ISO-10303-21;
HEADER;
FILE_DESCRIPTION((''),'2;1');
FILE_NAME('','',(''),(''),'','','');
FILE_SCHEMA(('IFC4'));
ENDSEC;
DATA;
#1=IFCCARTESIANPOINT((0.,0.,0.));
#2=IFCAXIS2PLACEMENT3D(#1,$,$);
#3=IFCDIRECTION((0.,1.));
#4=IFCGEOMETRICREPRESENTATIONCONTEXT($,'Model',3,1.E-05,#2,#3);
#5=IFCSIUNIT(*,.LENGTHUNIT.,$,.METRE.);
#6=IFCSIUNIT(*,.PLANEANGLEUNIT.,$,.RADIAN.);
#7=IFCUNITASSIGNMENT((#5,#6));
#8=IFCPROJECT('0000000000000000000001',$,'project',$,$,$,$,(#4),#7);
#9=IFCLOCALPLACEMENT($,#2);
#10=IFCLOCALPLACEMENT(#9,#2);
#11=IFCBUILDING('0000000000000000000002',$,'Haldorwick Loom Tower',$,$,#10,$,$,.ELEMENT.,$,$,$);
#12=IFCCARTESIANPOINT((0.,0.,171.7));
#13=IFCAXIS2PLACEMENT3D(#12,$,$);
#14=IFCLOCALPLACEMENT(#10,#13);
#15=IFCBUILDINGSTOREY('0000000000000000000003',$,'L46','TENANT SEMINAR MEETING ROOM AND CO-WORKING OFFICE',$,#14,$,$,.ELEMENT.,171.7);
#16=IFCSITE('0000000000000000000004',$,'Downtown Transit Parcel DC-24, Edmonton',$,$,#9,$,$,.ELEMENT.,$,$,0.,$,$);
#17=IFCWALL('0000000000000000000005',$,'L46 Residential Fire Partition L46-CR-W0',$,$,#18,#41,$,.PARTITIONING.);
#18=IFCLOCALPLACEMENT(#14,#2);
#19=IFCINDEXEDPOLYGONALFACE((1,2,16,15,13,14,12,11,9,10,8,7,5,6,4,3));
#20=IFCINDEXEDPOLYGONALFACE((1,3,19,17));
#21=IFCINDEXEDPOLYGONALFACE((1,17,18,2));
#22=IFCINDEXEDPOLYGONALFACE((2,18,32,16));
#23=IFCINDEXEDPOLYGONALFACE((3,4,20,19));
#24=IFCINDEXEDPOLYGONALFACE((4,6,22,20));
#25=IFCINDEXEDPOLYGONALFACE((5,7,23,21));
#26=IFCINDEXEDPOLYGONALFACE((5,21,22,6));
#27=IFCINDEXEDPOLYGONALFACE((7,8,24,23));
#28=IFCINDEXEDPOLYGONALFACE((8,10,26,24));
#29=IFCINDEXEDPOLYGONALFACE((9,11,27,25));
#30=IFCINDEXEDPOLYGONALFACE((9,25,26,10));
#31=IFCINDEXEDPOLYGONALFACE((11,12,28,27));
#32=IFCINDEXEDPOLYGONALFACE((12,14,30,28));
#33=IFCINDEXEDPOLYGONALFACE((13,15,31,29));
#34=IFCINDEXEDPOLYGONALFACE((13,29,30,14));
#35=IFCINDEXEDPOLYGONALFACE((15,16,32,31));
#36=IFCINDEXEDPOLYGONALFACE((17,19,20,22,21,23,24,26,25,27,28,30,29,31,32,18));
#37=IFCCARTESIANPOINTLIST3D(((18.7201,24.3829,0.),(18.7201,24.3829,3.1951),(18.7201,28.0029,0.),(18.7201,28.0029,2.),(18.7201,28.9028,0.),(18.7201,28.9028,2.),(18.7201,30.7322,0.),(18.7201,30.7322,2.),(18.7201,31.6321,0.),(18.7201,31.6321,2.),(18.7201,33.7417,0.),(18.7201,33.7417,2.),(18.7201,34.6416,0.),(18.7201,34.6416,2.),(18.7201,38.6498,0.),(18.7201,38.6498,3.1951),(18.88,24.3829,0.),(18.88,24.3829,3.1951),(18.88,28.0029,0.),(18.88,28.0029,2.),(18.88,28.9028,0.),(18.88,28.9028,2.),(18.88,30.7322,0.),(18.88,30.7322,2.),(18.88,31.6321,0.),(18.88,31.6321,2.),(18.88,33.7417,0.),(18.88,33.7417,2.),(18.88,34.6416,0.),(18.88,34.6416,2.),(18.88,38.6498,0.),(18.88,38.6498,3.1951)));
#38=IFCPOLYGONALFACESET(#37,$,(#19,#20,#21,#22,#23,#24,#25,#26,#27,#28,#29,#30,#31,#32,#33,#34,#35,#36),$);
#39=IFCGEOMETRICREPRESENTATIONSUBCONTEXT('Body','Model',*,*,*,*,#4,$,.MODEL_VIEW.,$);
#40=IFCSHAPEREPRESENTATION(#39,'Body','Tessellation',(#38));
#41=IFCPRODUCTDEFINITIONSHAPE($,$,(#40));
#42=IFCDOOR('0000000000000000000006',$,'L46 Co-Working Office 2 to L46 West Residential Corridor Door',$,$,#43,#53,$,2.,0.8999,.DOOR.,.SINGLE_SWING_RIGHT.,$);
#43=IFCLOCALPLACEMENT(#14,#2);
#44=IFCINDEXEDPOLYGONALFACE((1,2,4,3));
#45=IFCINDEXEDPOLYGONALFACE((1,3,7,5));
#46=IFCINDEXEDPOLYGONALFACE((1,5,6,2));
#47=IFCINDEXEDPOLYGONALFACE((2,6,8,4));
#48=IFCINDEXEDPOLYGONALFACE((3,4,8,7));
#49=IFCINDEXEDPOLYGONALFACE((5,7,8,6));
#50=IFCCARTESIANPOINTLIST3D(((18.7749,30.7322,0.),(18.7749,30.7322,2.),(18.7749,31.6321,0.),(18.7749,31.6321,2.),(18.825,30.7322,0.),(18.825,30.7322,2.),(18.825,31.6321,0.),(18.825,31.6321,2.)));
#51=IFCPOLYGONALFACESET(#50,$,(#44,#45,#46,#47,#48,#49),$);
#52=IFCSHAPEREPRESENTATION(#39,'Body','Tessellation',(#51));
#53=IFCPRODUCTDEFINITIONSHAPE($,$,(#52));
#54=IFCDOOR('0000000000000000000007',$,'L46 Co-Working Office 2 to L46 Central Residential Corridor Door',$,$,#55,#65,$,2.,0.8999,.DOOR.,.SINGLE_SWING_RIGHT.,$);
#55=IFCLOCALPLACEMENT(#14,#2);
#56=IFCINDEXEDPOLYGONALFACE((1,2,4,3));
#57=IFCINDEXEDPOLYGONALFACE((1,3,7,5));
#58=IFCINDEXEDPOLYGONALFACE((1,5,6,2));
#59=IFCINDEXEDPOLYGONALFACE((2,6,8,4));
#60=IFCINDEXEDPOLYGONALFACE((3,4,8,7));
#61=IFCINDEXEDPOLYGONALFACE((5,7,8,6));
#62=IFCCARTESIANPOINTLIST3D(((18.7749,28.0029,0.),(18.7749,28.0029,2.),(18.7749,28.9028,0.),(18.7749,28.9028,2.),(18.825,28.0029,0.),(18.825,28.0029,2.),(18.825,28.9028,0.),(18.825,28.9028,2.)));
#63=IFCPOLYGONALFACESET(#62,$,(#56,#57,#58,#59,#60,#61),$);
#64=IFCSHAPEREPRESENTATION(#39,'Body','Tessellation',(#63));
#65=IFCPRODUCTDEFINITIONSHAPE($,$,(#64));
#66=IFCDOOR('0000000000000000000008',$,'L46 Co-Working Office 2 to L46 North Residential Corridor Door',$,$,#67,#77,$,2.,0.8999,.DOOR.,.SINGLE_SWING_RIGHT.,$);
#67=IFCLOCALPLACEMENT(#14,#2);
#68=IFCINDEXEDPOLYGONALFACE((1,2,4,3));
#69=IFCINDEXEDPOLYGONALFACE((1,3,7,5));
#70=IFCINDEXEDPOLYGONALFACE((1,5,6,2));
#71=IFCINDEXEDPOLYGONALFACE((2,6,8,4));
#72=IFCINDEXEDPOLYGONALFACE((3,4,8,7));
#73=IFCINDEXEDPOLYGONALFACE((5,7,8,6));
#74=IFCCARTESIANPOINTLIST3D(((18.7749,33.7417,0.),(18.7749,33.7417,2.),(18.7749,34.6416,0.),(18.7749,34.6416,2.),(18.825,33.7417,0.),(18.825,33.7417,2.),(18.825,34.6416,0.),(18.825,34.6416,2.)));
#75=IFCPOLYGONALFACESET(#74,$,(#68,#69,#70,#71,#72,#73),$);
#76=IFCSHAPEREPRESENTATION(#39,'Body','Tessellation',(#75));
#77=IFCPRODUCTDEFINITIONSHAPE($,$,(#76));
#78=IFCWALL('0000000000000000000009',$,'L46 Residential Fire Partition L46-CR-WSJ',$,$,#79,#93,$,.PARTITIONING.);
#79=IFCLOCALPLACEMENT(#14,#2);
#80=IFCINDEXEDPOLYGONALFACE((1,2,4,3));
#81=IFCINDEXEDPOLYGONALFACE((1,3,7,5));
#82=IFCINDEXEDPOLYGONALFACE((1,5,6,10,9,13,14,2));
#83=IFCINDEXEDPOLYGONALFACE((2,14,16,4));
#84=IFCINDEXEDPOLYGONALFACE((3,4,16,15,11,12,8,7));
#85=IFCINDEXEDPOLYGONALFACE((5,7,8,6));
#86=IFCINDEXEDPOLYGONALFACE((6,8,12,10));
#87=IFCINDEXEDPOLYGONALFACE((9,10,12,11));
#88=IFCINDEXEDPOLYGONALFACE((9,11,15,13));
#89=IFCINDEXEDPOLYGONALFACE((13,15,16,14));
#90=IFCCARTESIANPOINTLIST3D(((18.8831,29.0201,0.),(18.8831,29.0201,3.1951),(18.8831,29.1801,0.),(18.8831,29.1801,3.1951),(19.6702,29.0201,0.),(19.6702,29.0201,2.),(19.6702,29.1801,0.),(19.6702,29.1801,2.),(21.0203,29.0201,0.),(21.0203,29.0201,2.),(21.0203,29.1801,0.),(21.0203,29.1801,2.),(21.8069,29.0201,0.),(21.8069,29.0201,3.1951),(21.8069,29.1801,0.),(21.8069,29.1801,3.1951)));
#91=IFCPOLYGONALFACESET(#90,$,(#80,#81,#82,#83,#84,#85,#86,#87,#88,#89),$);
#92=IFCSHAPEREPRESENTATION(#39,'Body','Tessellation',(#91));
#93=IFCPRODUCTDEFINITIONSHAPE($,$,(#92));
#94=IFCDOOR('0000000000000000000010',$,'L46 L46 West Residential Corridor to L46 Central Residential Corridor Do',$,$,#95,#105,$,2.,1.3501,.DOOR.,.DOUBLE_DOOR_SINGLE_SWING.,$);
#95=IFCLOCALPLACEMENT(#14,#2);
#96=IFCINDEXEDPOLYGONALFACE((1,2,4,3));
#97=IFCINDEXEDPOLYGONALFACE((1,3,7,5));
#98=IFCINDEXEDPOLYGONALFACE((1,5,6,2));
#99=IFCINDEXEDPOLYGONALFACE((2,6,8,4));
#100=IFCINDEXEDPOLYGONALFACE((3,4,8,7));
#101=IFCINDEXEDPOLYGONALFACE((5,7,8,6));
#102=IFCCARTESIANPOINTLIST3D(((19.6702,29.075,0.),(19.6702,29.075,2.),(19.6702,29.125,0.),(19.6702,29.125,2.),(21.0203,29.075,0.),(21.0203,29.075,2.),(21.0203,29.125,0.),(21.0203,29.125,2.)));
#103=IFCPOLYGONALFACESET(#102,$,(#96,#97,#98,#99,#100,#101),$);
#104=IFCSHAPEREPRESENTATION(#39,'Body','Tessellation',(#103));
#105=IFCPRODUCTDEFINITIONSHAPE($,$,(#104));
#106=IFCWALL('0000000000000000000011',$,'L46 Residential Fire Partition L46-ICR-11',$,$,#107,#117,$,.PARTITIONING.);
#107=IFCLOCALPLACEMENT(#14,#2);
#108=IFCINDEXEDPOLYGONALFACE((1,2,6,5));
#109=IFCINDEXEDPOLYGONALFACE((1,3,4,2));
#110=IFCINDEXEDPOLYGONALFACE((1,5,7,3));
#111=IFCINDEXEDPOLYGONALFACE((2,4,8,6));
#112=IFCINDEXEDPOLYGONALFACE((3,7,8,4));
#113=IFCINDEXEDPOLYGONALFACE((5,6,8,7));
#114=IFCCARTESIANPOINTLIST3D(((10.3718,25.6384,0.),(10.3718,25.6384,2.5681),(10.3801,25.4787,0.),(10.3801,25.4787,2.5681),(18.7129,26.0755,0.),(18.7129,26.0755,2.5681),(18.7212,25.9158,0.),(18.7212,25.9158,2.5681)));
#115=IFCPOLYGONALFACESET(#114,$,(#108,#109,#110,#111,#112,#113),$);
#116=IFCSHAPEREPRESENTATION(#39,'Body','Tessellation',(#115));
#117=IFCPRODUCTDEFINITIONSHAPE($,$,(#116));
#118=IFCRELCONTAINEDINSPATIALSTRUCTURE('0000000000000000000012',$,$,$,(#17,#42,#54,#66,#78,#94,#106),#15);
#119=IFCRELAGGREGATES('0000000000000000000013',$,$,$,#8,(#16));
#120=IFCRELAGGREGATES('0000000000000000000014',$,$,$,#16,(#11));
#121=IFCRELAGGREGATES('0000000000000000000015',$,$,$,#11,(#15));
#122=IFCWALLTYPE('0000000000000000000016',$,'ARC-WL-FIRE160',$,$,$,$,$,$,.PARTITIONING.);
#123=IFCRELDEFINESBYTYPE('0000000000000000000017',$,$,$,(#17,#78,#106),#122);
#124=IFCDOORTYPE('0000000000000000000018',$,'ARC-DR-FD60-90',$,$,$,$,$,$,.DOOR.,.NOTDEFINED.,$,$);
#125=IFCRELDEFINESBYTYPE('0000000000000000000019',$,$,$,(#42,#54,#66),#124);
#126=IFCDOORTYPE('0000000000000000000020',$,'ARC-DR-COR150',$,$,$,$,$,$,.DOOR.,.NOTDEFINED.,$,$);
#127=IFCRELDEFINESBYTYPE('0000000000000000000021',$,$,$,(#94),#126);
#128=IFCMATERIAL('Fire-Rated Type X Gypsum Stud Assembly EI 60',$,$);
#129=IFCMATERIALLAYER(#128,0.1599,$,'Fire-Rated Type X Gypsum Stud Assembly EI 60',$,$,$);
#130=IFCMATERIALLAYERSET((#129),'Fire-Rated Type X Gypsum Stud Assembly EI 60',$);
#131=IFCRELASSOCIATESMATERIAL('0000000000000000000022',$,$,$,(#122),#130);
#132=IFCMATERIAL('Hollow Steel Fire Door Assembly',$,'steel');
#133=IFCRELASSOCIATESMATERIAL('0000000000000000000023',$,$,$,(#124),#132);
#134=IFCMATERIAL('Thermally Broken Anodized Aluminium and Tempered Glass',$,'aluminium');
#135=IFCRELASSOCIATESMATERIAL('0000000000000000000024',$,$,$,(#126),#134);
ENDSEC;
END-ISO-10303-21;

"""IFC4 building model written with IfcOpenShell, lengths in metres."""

from ifc_helpers import new_model, si_unit, direction, frame, frame_2d, origin, place, context, subcontext, project, spatial, rectangle, extrude, material, layer, layer_set, type_object, element, fill, save


model = new_model("IFC4")

# Units and contexts
model_context = context("Model", 3, precision=1e-05, world=origin(), true_north=direction((0.0, 1.0)))
body_context = subcontext(model_context, "Body", "Model", "MODEL_VIEW")
ifc_project = project(units=[si_unit("LENGTHUNIT", "METRE"), si_unit("PLANEANGLEUNIT", "RADIAN")], contexts=[model_context])

# Site, building, storey
site_placement = place(None, origin())
site = spatial("IfcSite", under=ifc_project, at=site_placement, Name="Downtown Transit Parcel DC-24, Edmonton", CompositionType="ELEMENT", RefElevation=0.0)
building_placement = place(site_placement, origin())
building = spatial("IfcBuilding", under=site, at=building_placement, Name="Haldorwick Loom Tower", CompositionType="ELEMENT")
storey_placement = place(building_placement, frame((0.0, 0.0, 171.7)))
storey = spatial("IfcBuildingStorey", under=building, at=storey_placement, Name="L46", Description="TENANT SEMINAR MEETING ROOM AND CO-WORKING OFFICE", CompositionType="ELEMENT", Elevation=171.7)

# Wall, openings, doors
ifc_material_1 = material(Name="Fire-Rated Type X Gypsum Stud Assembly EI 60")
ifc_layer_1 = layer(ifc_material_1, 0.1599, Name="Fire-Rated Type X Gypsum Stud Assembly EI 60")
ifc_layer_set_1 = layer_set([ifc_layer_1], Name="Fire-Rated Type X Gypsum Stud Assembly EI 60")
wall_type_1 = type_object("IfcWallType", Name="ARC-WL-FIRE160", PredefinedType="PARTITIONING", material=ifc_layer_set_1)
ifc_material_2 = material(Name="Hollow Steel Fire Door Assembly", Category="steel")
door_type_1 = type_object("IfcDoorType", Name="ARC-DR-FD60-90", OperationType="NOTDEFINED", PredefinedType="DOOR", material=ifc_material_2)
wall_1_placement = place(storey_placement, frame((18.8, 24.3831, 0.0), z_axis=(0.0, 0.0, 1.0), x_axis=(0.0, 1.0, 0.0)))
wall_1 = element("IfcWall", 1, at=wall_1_placement, inside=storey, type_object=wall_type_1, Name="L46 Residential Fire Partition L46-CR-W0", PredefinedType="PARTITIONING", context=body_context, shape_type="SweptSolid", body=[
    extrude(rectangle(XDim=14.2668, YDim=0.1599, at=frame_2d((7.1333, 0.0))), origin(), (0.0, 0.0, 1.0), 3.1951),
])
opening_1_placement = place(wall_1_placement, frame((6.3491, 0.0, 0.0)))
opening_1 = element("IfcOpeningElement", 2, at=opening_1_placement, cuts=wall_1, PredefinedType="OPENING", context=body_context, shape_type="SweptSolid", body=[
    extrude(rectangle(XDim=0.8999, YDim=2.0, at=frame_2d((0.45, 1.0))), frame((0.0, 0.0898, 0.0), z_axis=(0.0, -1.0, 0.0), x_axis=(1.0, 0.0, 0.0)), (0.0, 0.0, 1.0), 0.1799),
])
opening_2_placement = place(wall_1_placement, frame((3.6199, 0.0, 0.0)))
opening_2 = element("IfcOpeningElement", 3, at=opening_2_placement, cuts=wall_1, PredefinedType="OPENING", context=body_context, shape_type="SweptSolid", body=[
    extrude(rectangle(XDim=0.8999, YDim=2.0, at=frame_2d((0.45, 1.0))), frame((0.0, 0.0898, 0.0), z_axis=(0.0, -1.0, 0.0), x_axis=(1.0, 0.0, 0.0)), (0.0, 0.0, 1.0), 0.1799),
])
opening_3_placement = place(wall_1_placement, frame((9.3586, 0.0, 0.0)))
opening_3 = element("IfcOpeningElement", 4, at=opening_3_placement, cuts=wall_1, PredefinedType="OPENING", context=body_context, shape_type="SweptSolid", body=[
    extrude(rectangle(XDim=0.8999, YDim=2.0, at=frame_2d((0.45, 1.0))), frame((0.0, 0.0898, 0.0), z_axis=(0.0, -1.0, 0.0), x_axis=(1.0, 0.0, 0.0)), (0.0, 0.0, 1.0), 0.1799),
])
door_1_placement = place(opening_1_placement, frame((0.8999, 0.0, 0.0), z_axis=(0.0, 0.0, 1.0), x_axis=(-1.0, 0.0, 0.0)))
door_1 = element("IfcDoor", 5, at=door_1_placement, inside=storey, type_object=door_type_1, Name="L46 Co-Working Office 2 to L46 West Residential Corridor Door", OperationType="SINGLE_SWING_RIGHT", OverallHeight=2.0, OverallWidth=0.8999, PredefinedType="DOOR", context=body_context, shape_type="SweptSolid", body=[
    extrude(rectangle(XDim=0.8999, YDim=2.0, at=frame_2d((0.45, 1.0))), frame((0.0, 0.0249, 0.0), z_axis=(0.0, -1.0, 0.0), x_axis=(1.0, 0.0, 0.0)), (0.0, 0.0, 1.0), 0.05),
])
fill(opening_1, door_1)
door_2_placement = place(opening_2_placement, frame((0.8999, 0.0, 0.0), z_axis=(0.0, 0.0, 1.0), x_axis=(-1.0, 0.0, 0.0)))
door_2 = element("IfcDoor", 6, at=door_2_placement, inside=storey, type_object=door_type_1, Name="L46 Co-Working Office 2 to L46 Central Residential Corridor Door", OperationType="SINGLE_SWING_RIGHT", OverallHeight=2.0, OverallWidth=0.8999, PredefinedType="DOOR", context=body_context, shape_type="SweptSolid", body=[
    extrude(rectangle(XDim=0.8999, YDim=2.0, at=frame_2d((0.45, 1.0))), frame((0.0, 0.0249, 0.0), z_axis=(0.0, -1.0, 0.0), x_axis=(1.0, 0.0, 0.0)), (0.0, 0.0, 1.0), 0.05),
])
fill(opening_2, door_2)
door_3_placement = place(opening_3_placement, frame((0.8999, 0.0, 0.0), z_axis=(0.0, 0.0, 1.0), x_axis=(-1.0, 0.0, 0.0)))
door_3 = element("IfcDoor", 7, at=door_3_placement, inside=storey, type_object=door_type_1, Name="L46 Co-Working Office 2 to L46 North Residential Corridor Door", OperationType="SINGLE_SWING_RIGHT", OverallHeight=2.0, OverallWidth=0.8999, PredefinedType="DOOR", context=body_context, shape_type="SweptSolid", body=[
    extrude(rectangle(XDim=0.8999, YDim=2.0, at=frame_2d((0.45, 1.0))), frame((0.0, 0.0249, 0.0), z_axis=(0.0, -1.0, 0.0), x_axis=(1.0, 0.0, 0.0)), (0.0, 0.0, 1.0), 0.05),
])
fill(opening_3, door_3)

# Wall, opening, door
wall_2_placement = place(storey_placement, frame((18.8831, 29.1001, 0.0), z_axis=(0.0, 0.0, 1.0), x_axis=(1.0, 0.0, 0.0)))
wall_2 = element("IfcWall", 8, at=wall_2_placement, inside=storey, type_object=wall_type_1, Name="L46 Residential Fire Partition L46-CR-WSJ", PredefinedType="PARTITIONING", context=body_context, shape_type="SweptSolid", body=[
    extrude(rectangle(XDim=2.9238, YDim=0.1599, at=frame_2d((1.4619, 0.0))), origin(), (0.0, 0.0, 1.0), 3.1951),
])
opening_4_placement = place(wall_2_placement, frame((0.7871, 0.0, 0.0)))
opening_4 = element("IfcOpeningElement", 9, at=opening_4_placement, cuts=wall_2, PredefinedType="OPENING", context=body_context, shape_type="SweptSolid", body=[
    extrude(rectangle(XDim=1.3501, YDim=2.0, at=frame_2d((0.675, 1.0))), frame((0.0, 0.0898, 0.0), z_axis=(0.0, -1.0, 0.0), x_axis=(1.0, 0.0, 0.0)), (0.0, 0.0, 1.0), 0.1799),
])
ifc_material_3 = material(Name="Thermally Broken Anodized Aluminium and Tempered Glass", Category="aluminium")
door_type_2 = type_object("IfcDoorType", Name="ARC-DR-COR150", OperationType="NOTDEFINED", PredefinedType="DOOR", material=ifc_material_3)
door_4_placement = place(opening_4_placement, origin())
door_4 = element("IfcDoor", 10, at=door_4_placement, inside=storey, type_object=door_type_2, Name="L46 L46 West Residential Corridor to L46 Central Residential Corridor Do", OperationType="DOUBLE_DOOR_SINGLE_SWING", OverallHeight=2.0, OverallWidth=1.3501, PredefinedType="DOOR", context=body_context, shape_type="SweptSolid", body=[
    extrude(rectangle(XDim=1.3501, YDim=2.0, at=frame_2d((0.675, 1.0))), frame((0.0, 0.0249, 0.0), z_axis=(0.0, -1.0, 0.0), x_axis=(1.0, 0.0, 0.0)), (0.0, 0.0, 1.0), 0.05),
])
fill(opening_4, door_4)

# Wall
wall_3_placement = place(storey_placement, frame((18.717, 25.9956, 0.0), z_axis=(0.0, 0.0, 1.0), x_axis=(-0.99863, -0.052321, 0.0)))
element("IfcWall", 11, at=wall_3_placement, inside=storey, type_object=wall_type_1, Name="L46 Residential Fire Partition L46-ICR-11", PredefinedType="PARTITIONING", context=body_context, shape_type="SweptSolid", body=[
    extrude(rectangle(XDim=8.3525, YDim=0.1599, at=frame_2d((4.1763, 0.0))), origin(), (0.0, 0.0, 1.0), 2.5681),
])

save(model, "model.ifc")
